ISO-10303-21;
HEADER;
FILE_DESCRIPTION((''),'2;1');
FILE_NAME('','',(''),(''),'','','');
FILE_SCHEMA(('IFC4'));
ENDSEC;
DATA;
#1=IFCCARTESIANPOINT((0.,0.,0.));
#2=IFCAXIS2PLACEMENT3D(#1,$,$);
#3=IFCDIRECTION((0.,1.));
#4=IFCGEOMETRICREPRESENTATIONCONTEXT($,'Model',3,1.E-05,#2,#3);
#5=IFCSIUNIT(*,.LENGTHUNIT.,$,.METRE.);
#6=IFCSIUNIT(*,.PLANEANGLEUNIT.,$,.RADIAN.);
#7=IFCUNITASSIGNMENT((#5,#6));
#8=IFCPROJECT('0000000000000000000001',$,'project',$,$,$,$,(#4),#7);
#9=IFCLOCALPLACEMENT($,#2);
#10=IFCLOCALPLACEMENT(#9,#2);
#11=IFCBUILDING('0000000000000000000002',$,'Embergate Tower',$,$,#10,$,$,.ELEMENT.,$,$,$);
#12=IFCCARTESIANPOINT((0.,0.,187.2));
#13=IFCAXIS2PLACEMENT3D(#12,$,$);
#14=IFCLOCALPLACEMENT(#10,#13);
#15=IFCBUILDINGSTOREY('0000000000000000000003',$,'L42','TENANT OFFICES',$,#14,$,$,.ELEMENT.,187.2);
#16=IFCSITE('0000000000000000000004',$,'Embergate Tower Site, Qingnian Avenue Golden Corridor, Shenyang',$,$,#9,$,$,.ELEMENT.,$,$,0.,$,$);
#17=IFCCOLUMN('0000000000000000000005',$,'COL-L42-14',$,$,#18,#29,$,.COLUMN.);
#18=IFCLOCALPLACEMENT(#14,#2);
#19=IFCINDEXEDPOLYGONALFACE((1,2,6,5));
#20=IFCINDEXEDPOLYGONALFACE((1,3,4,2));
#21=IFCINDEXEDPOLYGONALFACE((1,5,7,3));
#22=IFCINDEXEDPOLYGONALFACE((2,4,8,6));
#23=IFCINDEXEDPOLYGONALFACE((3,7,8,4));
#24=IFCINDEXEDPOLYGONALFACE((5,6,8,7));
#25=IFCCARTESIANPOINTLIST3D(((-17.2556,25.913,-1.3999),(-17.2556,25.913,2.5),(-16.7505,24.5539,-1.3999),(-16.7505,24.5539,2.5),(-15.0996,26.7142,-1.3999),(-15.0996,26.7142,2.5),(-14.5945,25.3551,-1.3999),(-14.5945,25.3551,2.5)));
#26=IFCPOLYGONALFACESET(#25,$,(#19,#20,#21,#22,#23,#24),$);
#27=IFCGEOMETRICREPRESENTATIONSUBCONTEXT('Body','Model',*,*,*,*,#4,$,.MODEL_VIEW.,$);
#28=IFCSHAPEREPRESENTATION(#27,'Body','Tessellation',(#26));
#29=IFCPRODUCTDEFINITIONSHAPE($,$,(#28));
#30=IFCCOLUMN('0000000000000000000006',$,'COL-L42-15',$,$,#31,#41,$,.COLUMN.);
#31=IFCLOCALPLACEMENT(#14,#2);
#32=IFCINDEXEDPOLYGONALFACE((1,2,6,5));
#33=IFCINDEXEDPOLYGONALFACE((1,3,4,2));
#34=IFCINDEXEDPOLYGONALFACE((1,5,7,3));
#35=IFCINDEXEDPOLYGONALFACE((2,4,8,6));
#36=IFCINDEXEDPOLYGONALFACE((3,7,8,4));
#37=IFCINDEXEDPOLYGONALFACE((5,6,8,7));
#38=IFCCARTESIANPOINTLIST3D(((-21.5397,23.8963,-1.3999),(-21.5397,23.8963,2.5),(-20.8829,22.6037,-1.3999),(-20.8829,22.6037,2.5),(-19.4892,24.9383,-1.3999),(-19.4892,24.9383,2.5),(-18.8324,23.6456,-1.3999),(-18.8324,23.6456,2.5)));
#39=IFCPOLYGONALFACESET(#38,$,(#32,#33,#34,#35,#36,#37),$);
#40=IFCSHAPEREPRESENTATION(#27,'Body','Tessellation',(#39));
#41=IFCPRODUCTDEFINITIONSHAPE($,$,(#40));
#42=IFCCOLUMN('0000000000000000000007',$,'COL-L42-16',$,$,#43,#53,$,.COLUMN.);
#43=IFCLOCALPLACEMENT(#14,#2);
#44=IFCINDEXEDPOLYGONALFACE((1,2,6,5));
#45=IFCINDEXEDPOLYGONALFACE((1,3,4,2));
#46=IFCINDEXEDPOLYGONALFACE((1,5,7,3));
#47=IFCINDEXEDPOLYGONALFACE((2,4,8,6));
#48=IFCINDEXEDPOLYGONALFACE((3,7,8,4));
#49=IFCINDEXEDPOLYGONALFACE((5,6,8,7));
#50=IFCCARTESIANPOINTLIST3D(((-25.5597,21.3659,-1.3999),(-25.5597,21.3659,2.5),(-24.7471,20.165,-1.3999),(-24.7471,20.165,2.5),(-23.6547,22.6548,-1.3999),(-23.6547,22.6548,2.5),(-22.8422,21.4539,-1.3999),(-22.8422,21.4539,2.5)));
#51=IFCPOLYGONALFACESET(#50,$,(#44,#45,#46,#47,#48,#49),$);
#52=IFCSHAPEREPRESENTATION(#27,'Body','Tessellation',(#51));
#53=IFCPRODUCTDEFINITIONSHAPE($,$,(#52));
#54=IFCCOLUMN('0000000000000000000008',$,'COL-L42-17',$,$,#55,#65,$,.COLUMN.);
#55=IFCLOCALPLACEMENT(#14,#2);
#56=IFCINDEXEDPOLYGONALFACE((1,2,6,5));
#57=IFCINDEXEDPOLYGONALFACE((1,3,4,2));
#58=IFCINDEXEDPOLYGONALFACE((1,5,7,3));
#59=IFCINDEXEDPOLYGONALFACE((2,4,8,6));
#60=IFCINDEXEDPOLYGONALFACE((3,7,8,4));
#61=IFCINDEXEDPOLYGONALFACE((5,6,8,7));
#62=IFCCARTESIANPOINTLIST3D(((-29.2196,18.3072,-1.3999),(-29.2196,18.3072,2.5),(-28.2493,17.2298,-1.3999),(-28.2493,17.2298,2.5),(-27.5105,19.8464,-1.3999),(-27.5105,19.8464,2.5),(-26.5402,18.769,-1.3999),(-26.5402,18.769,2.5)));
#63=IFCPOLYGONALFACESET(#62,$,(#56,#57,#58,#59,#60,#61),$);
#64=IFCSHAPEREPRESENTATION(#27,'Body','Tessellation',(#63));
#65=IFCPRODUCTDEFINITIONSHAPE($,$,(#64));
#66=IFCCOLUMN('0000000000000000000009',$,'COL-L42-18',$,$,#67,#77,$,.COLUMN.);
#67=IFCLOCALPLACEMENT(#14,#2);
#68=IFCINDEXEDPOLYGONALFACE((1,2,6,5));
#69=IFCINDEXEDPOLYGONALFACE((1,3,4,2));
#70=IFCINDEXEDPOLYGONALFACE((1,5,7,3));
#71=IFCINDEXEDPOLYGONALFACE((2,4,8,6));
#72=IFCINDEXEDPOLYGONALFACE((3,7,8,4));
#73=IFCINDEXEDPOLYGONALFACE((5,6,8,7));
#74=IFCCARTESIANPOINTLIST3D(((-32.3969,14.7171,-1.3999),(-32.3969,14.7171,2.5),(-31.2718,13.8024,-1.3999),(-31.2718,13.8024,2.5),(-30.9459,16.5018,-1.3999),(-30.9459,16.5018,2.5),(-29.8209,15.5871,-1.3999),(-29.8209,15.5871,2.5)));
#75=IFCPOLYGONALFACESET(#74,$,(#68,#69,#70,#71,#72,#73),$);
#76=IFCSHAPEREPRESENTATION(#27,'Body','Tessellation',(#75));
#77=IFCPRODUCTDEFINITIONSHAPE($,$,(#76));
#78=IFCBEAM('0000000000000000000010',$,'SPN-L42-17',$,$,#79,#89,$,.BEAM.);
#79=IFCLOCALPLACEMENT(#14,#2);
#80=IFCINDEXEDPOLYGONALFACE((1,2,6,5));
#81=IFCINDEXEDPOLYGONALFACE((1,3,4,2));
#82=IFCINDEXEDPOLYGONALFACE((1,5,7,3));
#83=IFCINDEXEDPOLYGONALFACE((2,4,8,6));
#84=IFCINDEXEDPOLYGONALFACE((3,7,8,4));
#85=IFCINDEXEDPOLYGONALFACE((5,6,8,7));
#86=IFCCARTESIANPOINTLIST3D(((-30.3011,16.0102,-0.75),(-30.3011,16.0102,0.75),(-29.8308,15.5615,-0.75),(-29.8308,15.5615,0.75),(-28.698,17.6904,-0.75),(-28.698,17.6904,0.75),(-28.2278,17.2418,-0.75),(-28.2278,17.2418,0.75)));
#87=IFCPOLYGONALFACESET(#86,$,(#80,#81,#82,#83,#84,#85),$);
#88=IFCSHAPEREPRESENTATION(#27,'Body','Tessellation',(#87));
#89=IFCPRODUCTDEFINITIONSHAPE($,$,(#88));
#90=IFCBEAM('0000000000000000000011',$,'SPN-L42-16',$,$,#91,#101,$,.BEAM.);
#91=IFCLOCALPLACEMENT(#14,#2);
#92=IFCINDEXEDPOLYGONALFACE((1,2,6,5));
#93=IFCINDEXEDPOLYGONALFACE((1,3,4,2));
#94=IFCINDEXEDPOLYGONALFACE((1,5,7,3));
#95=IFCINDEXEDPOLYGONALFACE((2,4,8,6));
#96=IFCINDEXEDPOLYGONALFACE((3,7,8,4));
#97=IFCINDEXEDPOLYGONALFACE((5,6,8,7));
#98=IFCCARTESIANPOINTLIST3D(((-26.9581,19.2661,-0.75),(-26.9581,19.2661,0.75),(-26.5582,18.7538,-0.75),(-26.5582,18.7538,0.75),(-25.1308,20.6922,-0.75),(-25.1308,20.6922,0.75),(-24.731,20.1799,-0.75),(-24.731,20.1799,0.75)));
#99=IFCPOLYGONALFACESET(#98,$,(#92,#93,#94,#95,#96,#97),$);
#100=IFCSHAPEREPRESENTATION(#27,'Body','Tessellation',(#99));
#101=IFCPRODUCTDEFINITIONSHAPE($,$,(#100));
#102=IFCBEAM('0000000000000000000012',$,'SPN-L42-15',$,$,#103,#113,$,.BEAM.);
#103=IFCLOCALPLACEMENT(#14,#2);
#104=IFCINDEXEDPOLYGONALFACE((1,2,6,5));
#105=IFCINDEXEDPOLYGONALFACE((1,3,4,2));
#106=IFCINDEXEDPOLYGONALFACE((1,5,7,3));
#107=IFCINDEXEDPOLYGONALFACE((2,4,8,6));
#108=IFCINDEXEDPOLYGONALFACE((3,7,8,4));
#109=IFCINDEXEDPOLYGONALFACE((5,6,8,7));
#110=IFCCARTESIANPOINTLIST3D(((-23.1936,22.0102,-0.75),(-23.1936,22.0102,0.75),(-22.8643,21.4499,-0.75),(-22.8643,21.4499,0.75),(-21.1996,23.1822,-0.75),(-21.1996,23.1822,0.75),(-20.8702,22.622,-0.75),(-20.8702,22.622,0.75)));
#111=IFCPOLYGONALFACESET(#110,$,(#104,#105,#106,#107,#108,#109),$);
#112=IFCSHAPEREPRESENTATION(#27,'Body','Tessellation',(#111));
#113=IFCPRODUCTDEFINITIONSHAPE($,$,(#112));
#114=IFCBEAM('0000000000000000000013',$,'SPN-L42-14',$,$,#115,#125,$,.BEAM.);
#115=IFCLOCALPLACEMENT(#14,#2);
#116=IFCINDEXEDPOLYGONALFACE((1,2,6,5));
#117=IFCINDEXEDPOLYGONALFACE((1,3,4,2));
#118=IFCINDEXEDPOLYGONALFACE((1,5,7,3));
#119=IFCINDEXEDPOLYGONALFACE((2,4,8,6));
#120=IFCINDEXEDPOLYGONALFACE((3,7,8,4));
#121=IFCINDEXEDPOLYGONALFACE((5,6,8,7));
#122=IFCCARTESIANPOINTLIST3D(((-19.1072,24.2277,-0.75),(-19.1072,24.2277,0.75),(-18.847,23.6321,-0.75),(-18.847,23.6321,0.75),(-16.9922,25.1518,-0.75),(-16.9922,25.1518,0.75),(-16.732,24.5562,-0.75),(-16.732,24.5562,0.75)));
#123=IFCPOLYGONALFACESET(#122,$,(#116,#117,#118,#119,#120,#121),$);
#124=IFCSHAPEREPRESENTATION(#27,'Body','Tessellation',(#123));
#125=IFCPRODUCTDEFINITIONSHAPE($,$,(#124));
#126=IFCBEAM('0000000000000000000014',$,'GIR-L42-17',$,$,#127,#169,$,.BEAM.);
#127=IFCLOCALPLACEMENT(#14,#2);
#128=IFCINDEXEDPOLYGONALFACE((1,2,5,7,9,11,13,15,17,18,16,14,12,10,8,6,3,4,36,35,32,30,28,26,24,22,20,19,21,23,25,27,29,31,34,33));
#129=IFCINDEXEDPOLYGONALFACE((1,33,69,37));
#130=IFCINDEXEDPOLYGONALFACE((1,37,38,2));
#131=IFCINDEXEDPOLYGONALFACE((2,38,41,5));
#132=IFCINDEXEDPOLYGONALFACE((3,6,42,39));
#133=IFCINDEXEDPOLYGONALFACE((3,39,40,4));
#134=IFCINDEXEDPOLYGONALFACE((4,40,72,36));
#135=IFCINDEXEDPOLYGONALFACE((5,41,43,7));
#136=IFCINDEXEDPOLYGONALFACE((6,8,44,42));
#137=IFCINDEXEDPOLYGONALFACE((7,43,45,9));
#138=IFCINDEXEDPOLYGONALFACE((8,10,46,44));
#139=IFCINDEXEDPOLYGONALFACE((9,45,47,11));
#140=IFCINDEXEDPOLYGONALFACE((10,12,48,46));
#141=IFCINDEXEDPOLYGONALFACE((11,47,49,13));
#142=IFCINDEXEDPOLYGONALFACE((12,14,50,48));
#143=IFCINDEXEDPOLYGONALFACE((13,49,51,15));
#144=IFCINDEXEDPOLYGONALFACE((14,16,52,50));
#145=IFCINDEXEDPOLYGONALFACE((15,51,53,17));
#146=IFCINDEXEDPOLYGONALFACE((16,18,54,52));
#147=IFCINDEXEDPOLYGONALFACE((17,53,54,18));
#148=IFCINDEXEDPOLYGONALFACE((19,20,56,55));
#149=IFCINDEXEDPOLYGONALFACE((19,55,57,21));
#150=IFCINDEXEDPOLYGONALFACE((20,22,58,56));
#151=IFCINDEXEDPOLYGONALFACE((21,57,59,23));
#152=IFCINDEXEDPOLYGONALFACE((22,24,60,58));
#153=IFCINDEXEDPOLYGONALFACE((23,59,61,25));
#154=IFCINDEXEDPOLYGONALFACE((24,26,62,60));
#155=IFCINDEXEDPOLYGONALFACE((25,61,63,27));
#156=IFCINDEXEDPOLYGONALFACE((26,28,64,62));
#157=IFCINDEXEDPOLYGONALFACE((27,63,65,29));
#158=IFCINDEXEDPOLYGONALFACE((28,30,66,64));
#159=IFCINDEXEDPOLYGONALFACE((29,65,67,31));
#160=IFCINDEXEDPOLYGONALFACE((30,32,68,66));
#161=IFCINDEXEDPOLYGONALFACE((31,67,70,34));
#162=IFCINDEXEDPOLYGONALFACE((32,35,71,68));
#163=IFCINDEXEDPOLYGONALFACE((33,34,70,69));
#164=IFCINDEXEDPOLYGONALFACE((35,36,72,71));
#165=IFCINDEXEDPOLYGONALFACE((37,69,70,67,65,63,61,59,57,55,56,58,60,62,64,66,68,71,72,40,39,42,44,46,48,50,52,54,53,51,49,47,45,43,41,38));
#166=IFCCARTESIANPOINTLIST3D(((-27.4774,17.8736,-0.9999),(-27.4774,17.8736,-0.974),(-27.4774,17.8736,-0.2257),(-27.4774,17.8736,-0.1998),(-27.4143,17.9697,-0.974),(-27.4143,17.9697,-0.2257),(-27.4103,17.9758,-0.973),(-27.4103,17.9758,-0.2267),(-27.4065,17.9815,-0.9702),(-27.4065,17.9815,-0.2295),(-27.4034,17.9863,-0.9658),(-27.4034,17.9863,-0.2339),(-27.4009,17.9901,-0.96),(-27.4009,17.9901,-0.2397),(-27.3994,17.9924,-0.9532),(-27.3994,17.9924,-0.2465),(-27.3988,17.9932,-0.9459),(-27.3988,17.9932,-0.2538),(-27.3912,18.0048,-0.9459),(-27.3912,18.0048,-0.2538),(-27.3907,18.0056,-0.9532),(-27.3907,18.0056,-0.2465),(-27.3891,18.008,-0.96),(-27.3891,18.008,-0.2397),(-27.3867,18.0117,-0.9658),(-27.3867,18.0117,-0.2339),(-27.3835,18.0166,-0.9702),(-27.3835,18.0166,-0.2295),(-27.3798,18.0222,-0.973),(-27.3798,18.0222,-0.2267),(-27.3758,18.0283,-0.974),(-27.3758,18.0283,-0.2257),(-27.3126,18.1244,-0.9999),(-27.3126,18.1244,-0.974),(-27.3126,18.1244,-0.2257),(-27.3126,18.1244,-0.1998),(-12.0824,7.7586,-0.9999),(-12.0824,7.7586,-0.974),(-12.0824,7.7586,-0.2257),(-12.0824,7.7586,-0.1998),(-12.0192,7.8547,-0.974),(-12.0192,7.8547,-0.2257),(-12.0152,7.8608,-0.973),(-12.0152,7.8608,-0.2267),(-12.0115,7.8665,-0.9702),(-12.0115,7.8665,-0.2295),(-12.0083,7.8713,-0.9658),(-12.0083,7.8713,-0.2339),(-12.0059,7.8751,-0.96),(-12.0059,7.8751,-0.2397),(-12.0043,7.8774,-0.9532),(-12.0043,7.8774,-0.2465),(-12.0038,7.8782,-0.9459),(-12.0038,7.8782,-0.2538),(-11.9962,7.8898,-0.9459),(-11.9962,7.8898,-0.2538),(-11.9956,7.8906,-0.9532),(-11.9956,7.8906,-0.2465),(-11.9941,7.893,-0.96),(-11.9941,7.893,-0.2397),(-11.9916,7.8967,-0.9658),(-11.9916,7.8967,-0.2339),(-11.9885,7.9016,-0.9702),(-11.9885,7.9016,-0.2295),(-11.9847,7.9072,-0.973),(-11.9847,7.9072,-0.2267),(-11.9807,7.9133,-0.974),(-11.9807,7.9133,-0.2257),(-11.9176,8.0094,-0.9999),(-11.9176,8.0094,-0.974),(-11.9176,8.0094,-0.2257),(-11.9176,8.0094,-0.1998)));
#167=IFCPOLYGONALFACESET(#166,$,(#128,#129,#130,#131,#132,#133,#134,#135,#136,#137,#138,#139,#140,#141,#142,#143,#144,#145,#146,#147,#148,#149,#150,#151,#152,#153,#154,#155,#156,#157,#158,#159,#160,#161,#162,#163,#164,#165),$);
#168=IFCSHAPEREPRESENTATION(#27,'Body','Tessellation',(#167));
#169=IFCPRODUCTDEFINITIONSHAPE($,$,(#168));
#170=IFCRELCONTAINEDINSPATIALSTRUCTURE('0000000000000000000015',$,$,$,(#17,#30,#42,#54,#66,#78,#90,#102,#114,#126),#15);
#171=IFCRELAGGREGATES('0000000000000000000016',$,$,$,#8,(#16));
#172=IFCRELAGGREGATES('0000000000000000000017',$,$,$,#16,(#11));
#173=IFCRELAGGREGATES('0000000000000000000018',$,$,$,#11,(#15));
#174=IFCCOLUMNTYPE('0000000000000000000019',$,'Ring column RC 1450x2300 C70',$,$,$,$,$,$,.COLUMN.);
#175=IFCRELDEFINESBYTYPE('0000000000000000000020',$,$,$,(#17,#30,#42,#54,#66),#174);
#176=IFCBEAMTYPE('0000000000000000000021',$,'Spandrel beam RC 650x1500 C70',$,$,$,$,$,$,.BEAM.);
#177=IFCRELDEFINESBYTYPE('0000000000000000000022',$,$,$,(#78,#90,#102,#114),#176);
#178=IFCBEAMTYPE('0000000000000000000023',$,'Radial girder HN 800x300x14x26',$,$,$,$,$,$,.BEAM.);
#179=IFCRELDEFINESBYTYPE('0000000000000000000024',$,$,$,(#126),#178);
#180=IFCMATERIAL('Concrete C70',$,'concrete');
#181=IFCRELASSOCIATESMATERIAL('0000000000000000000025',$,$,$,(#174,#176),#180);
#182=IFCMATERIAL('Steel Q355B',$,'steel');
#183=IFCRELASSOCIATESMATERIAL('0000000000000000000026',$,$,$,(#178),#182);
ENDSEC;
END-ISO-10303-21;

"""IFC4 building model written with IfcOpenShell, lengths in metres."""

from ifc_helpers import new_model, si_unit, direction, frame, origin, origin_2d, place, context, subcontext, project, spatial, rectangle, i_section, extrude, source, transform, mapped, material, material_profile, profile_set, type_object, element, save


model = new_model("IFC4")

# Units and contexts
model_context = context("Model", 3, precision=1e-05, world=origin(), true_north=direction((0.0, 1.0)))
body_context = subcontext(model_context, "Body", "Model", "MODEL_VIEW")
ifc_project = project(units=[si_unit("LENGTHUNIT", "METRE"), si_unit("PLANEANGLEUNIT", "RADIAN")], contexts=[model_context])

# Site, building, storey
site_placement = place(None, origin())
site = spatial("IfcSite", under=ifc_project, at=site_placement, Name="Embergate Tower Site, Qingnian Avenue Golden Corridor, Shenyang", CompositionType="ELEMENT", RefElevation=0.0)
building_placement = place(site_placement, origin())
building = spatial("IfcBuilding", under=site, at=building_placement, Name="Embergate Tower", CompositionType="ELEMENT")
storey_placement = place(building_placement, frame((0.0, 0.0, 187.2)))
storey = spatial("IfcBuildingStorey", under=building, at=storey_placement, Name="L42", Description="TENANT OFFICES", CompositionType="ELEMENT", Elevation=187.2)

# Columns
ifc_material_1 = material(Name="Concrete C70", Category="concrete")
ifc_material_profile_1 = material_profile(ifc_material_1, rectangle(XDim=1.45, YDim=2.3, at=origin_2d()), Name="RC 1450x2300")
ifc_profile_set_1 = profile_set([ifc_material_profile_1], Name="Concrete C70")
column_type = type_object("IfcColumnType", Name="Ring column RC 1450x2300 C70", PredefinedType="COLUMN", material=ifc_profile_set_1)
shared_shape_1 = source(origin(), body_context, "Body", "SweptSolid", [
    extrude(rectangle(XDim=1.45, YDim=2.3, at=origin_2d()), origin(), (0.0, 0.0, 1.0), 3.8999),
])
for number, where, z_axis, x_axis, name in (
    (1, (-15.925, 25.634, -1.3999), (0.0, 0.0, 1.0), (-0.348343, 0.937367, 0.0), "COL-L42-14"),
    (2, (-20.186, 23.771, -1.3999), (0.0, 0.0, 1.0), (-0.453011, 0.891505, 0.0), "COL-L42-15"),
    (3, (-24.2009, 21.4099, -1.3999), (0.0, 0.0, 1.0), (-0.560393, 0.828227, 0.0), "COL-L42-16"),
    (4, (-27.8799, 18.5381, -1.3999), (0.0, 0.0, 1.0), (-0.669208, 0.743075, 0.0), "COL-L42-17"),
    (5, (-31.1089, 15.1521, -1.3999), (0.0, 0.0, 1.0), (-0.775925, 0.630825, 0.0), "COL-L42-18"),
):
    element("IfcColumn", number, at=place(storey_placement, frame(where, z_axis=z_axis, x_axis=x_axis)), inside=storey, type_object=column_type, Name=name, PredefinedType="COLUMN", context=body_context, shape_type="MappedRepresentation", body=[
        mapped(shared_shape_1, transform((0.0, 0.0, 0.0))),
    ])

# Beams
ifc_material_profile_2 = material_profile(ifc_material_1, rectangle(XDim=0.6499, YDim=1.5, at=origin_2d()), Name="RC 650x1500")
ifc_profile_set_2 = profile_set([ifc_material_profile_2], Name="Concrete C70")
beam_type_1 = type_object("IfcBeamType", Name="Spandrel beam RC 650x1500 C70", PredefinedType="BEAM", material=ifc_profile_set_2)
shared_shape_2 = source(origin(), body_context, "Body", "SweptSolid", [
    extrude(rectangle(XDim=0.6499, YDim=1.5, at=origin_2d()), origin(), (0.0, 0.0, 1.0), 2.3223),
])
beam_1_placement = place(storey_placement, frame((-28.4629, 17.4661, 0.0), z_axis=(-0.690301, -0.723523, 0.0), x_axis=(0.723523, -0.690301, 0.0)))
element("IfcBeam", 6, at=beam_1_placement, inside=storey, type_object=beam_type_1, Name="SPN-L42-17", PredefinedType="BEAM", context=body_context, shape_type="MappedRepresentation", body=[
    mapped(shared_shape_2, transform((0.0, 0.0, 0.0))),
])
shared_shape_3 = source(origin(), body_context, "Body", "SweptSolid", [
    extrude(rectangle(XDim=0.6499, YDim=1.5, at=origin_2d()), origin(), (0.0, 0.0, 1.0), 2.3179),
])
beam_2_placement = place(storey_placement, frame((-24.9309, 20.436, 0.0), z_axis=(-0.788325, -0.61526, 0.0), x_axis=(0.61526, -0.788325, 0.0)))
element("IfcBeam", 7, at=beam_2_placement, inside=storey, type_object=beam_type_1, Name="SPN-L42-16", PredefinedType="BEAM", context=body_context, shape_type="MappedRepresentation", body=[
    mapped(shared_shape_3, transform((0.0, 0.0, 0.0))),
])
shared_shape_4 = source(origin(), body_context, "Body", "SweptSolid", [
    extrude(rectangle(XDim=0.6499, YDim=1.5, at=origin_2d()), origin(), (0.0, 0.0, 1.0), 2.313),
])
beam_3_placement = place(storey_placement, frame((-21.0349, 22.9021, 0.0), z_axis=(-0.862105, -0.50673, 0.0), x_axis=(0.50673, -0.862105, 0.0)))
element("IfcBeam", 8, at=beam_3_placement, inside=storey, type_object=beam_type_1, Name="SPN-L42-15", PredefinedType="BEAM", context=body_context, shape_type="MappedRepresentation", body=[
    mapped(shared_shape_4, transform((0.0, 0.0, 0.0))),
])
shared_shape_5 = source(origin(), body_context, "Body", "SweptSolid", [
    extrude(rectangle(XDim=0.6499, YDim=1.5, at=origin_2d()), origin(), (0.0, 0.0, 1.0), 2.3081),
])
beam_4_placement = place(storey_placement, frame((-16.8621, 24.854, 0.0), z_axis=(-0.916354, -0.400369, 0.0), x_axis=(0.400369, -0.916354, 0.0)))
element("IfcBeam", 9, at=beam_4_placement, inside=storey, type_object=beam_type_1, Name="SPN-L42-14", PredefinedType="BEAM", context=body_context, shape_type="MappedRepresentation", body=[
    mapped(shared_shape_5, transform((0.0, 0.0, 0.0))),
])
ifc_material_2 = material(Name="Steel Q355B", Category="steel")
ifc_material_profile_3 = material_profile(ifc_material_2, i_section(OverallWidth=0.3, OverallDepth=0.8, WebThickness=0.0139, FlangeThickness=0.0259, FilletRadius=0.0281, at=origin_2d()), Name="HN 800x300x14x26")
ifc_profile_set_3 = profile_set([ifc_material_profile_3], Name="Steel Q355 grade B")
beam_type_2 = type_object("IfcBeamType", Name="Radial girder HN 800x300x14x26", PredefinedType="BEAM", material=ifc_profile_set_3)
shared_shape_6 = source(origin(), body_context, "Body", "SweptSolid", [
    extrude(i_section(OverallWidth=0.3, OverallDepth=0.8, WebThickness=0.0139, FlangeThickness=0.0259, FilletRadius=0.0281, at=origin_2d()), origin(), (0.0, 0.0, 1.0), 18.4207),
])
beam_5_placement = place(storey_placement, frame((-27.395, 17.999, -0.5999), z_axis=(0.835749, -0.549112, 0.0), x_axis=(0.549112, 0.835749, 0.0)))
element("IfcBeam", 10, at=beam_5_placement, inside=storey, type_object=beam_type_2, Name="GIR-L42-17", PredefinedType="BEAM", context=body_context, shape_type="MappedRepresentation", body=[
    mapped(shared_shape_6, transform((0.0, 0.0, 0.0))),
])

save(model, "model.ifc")
